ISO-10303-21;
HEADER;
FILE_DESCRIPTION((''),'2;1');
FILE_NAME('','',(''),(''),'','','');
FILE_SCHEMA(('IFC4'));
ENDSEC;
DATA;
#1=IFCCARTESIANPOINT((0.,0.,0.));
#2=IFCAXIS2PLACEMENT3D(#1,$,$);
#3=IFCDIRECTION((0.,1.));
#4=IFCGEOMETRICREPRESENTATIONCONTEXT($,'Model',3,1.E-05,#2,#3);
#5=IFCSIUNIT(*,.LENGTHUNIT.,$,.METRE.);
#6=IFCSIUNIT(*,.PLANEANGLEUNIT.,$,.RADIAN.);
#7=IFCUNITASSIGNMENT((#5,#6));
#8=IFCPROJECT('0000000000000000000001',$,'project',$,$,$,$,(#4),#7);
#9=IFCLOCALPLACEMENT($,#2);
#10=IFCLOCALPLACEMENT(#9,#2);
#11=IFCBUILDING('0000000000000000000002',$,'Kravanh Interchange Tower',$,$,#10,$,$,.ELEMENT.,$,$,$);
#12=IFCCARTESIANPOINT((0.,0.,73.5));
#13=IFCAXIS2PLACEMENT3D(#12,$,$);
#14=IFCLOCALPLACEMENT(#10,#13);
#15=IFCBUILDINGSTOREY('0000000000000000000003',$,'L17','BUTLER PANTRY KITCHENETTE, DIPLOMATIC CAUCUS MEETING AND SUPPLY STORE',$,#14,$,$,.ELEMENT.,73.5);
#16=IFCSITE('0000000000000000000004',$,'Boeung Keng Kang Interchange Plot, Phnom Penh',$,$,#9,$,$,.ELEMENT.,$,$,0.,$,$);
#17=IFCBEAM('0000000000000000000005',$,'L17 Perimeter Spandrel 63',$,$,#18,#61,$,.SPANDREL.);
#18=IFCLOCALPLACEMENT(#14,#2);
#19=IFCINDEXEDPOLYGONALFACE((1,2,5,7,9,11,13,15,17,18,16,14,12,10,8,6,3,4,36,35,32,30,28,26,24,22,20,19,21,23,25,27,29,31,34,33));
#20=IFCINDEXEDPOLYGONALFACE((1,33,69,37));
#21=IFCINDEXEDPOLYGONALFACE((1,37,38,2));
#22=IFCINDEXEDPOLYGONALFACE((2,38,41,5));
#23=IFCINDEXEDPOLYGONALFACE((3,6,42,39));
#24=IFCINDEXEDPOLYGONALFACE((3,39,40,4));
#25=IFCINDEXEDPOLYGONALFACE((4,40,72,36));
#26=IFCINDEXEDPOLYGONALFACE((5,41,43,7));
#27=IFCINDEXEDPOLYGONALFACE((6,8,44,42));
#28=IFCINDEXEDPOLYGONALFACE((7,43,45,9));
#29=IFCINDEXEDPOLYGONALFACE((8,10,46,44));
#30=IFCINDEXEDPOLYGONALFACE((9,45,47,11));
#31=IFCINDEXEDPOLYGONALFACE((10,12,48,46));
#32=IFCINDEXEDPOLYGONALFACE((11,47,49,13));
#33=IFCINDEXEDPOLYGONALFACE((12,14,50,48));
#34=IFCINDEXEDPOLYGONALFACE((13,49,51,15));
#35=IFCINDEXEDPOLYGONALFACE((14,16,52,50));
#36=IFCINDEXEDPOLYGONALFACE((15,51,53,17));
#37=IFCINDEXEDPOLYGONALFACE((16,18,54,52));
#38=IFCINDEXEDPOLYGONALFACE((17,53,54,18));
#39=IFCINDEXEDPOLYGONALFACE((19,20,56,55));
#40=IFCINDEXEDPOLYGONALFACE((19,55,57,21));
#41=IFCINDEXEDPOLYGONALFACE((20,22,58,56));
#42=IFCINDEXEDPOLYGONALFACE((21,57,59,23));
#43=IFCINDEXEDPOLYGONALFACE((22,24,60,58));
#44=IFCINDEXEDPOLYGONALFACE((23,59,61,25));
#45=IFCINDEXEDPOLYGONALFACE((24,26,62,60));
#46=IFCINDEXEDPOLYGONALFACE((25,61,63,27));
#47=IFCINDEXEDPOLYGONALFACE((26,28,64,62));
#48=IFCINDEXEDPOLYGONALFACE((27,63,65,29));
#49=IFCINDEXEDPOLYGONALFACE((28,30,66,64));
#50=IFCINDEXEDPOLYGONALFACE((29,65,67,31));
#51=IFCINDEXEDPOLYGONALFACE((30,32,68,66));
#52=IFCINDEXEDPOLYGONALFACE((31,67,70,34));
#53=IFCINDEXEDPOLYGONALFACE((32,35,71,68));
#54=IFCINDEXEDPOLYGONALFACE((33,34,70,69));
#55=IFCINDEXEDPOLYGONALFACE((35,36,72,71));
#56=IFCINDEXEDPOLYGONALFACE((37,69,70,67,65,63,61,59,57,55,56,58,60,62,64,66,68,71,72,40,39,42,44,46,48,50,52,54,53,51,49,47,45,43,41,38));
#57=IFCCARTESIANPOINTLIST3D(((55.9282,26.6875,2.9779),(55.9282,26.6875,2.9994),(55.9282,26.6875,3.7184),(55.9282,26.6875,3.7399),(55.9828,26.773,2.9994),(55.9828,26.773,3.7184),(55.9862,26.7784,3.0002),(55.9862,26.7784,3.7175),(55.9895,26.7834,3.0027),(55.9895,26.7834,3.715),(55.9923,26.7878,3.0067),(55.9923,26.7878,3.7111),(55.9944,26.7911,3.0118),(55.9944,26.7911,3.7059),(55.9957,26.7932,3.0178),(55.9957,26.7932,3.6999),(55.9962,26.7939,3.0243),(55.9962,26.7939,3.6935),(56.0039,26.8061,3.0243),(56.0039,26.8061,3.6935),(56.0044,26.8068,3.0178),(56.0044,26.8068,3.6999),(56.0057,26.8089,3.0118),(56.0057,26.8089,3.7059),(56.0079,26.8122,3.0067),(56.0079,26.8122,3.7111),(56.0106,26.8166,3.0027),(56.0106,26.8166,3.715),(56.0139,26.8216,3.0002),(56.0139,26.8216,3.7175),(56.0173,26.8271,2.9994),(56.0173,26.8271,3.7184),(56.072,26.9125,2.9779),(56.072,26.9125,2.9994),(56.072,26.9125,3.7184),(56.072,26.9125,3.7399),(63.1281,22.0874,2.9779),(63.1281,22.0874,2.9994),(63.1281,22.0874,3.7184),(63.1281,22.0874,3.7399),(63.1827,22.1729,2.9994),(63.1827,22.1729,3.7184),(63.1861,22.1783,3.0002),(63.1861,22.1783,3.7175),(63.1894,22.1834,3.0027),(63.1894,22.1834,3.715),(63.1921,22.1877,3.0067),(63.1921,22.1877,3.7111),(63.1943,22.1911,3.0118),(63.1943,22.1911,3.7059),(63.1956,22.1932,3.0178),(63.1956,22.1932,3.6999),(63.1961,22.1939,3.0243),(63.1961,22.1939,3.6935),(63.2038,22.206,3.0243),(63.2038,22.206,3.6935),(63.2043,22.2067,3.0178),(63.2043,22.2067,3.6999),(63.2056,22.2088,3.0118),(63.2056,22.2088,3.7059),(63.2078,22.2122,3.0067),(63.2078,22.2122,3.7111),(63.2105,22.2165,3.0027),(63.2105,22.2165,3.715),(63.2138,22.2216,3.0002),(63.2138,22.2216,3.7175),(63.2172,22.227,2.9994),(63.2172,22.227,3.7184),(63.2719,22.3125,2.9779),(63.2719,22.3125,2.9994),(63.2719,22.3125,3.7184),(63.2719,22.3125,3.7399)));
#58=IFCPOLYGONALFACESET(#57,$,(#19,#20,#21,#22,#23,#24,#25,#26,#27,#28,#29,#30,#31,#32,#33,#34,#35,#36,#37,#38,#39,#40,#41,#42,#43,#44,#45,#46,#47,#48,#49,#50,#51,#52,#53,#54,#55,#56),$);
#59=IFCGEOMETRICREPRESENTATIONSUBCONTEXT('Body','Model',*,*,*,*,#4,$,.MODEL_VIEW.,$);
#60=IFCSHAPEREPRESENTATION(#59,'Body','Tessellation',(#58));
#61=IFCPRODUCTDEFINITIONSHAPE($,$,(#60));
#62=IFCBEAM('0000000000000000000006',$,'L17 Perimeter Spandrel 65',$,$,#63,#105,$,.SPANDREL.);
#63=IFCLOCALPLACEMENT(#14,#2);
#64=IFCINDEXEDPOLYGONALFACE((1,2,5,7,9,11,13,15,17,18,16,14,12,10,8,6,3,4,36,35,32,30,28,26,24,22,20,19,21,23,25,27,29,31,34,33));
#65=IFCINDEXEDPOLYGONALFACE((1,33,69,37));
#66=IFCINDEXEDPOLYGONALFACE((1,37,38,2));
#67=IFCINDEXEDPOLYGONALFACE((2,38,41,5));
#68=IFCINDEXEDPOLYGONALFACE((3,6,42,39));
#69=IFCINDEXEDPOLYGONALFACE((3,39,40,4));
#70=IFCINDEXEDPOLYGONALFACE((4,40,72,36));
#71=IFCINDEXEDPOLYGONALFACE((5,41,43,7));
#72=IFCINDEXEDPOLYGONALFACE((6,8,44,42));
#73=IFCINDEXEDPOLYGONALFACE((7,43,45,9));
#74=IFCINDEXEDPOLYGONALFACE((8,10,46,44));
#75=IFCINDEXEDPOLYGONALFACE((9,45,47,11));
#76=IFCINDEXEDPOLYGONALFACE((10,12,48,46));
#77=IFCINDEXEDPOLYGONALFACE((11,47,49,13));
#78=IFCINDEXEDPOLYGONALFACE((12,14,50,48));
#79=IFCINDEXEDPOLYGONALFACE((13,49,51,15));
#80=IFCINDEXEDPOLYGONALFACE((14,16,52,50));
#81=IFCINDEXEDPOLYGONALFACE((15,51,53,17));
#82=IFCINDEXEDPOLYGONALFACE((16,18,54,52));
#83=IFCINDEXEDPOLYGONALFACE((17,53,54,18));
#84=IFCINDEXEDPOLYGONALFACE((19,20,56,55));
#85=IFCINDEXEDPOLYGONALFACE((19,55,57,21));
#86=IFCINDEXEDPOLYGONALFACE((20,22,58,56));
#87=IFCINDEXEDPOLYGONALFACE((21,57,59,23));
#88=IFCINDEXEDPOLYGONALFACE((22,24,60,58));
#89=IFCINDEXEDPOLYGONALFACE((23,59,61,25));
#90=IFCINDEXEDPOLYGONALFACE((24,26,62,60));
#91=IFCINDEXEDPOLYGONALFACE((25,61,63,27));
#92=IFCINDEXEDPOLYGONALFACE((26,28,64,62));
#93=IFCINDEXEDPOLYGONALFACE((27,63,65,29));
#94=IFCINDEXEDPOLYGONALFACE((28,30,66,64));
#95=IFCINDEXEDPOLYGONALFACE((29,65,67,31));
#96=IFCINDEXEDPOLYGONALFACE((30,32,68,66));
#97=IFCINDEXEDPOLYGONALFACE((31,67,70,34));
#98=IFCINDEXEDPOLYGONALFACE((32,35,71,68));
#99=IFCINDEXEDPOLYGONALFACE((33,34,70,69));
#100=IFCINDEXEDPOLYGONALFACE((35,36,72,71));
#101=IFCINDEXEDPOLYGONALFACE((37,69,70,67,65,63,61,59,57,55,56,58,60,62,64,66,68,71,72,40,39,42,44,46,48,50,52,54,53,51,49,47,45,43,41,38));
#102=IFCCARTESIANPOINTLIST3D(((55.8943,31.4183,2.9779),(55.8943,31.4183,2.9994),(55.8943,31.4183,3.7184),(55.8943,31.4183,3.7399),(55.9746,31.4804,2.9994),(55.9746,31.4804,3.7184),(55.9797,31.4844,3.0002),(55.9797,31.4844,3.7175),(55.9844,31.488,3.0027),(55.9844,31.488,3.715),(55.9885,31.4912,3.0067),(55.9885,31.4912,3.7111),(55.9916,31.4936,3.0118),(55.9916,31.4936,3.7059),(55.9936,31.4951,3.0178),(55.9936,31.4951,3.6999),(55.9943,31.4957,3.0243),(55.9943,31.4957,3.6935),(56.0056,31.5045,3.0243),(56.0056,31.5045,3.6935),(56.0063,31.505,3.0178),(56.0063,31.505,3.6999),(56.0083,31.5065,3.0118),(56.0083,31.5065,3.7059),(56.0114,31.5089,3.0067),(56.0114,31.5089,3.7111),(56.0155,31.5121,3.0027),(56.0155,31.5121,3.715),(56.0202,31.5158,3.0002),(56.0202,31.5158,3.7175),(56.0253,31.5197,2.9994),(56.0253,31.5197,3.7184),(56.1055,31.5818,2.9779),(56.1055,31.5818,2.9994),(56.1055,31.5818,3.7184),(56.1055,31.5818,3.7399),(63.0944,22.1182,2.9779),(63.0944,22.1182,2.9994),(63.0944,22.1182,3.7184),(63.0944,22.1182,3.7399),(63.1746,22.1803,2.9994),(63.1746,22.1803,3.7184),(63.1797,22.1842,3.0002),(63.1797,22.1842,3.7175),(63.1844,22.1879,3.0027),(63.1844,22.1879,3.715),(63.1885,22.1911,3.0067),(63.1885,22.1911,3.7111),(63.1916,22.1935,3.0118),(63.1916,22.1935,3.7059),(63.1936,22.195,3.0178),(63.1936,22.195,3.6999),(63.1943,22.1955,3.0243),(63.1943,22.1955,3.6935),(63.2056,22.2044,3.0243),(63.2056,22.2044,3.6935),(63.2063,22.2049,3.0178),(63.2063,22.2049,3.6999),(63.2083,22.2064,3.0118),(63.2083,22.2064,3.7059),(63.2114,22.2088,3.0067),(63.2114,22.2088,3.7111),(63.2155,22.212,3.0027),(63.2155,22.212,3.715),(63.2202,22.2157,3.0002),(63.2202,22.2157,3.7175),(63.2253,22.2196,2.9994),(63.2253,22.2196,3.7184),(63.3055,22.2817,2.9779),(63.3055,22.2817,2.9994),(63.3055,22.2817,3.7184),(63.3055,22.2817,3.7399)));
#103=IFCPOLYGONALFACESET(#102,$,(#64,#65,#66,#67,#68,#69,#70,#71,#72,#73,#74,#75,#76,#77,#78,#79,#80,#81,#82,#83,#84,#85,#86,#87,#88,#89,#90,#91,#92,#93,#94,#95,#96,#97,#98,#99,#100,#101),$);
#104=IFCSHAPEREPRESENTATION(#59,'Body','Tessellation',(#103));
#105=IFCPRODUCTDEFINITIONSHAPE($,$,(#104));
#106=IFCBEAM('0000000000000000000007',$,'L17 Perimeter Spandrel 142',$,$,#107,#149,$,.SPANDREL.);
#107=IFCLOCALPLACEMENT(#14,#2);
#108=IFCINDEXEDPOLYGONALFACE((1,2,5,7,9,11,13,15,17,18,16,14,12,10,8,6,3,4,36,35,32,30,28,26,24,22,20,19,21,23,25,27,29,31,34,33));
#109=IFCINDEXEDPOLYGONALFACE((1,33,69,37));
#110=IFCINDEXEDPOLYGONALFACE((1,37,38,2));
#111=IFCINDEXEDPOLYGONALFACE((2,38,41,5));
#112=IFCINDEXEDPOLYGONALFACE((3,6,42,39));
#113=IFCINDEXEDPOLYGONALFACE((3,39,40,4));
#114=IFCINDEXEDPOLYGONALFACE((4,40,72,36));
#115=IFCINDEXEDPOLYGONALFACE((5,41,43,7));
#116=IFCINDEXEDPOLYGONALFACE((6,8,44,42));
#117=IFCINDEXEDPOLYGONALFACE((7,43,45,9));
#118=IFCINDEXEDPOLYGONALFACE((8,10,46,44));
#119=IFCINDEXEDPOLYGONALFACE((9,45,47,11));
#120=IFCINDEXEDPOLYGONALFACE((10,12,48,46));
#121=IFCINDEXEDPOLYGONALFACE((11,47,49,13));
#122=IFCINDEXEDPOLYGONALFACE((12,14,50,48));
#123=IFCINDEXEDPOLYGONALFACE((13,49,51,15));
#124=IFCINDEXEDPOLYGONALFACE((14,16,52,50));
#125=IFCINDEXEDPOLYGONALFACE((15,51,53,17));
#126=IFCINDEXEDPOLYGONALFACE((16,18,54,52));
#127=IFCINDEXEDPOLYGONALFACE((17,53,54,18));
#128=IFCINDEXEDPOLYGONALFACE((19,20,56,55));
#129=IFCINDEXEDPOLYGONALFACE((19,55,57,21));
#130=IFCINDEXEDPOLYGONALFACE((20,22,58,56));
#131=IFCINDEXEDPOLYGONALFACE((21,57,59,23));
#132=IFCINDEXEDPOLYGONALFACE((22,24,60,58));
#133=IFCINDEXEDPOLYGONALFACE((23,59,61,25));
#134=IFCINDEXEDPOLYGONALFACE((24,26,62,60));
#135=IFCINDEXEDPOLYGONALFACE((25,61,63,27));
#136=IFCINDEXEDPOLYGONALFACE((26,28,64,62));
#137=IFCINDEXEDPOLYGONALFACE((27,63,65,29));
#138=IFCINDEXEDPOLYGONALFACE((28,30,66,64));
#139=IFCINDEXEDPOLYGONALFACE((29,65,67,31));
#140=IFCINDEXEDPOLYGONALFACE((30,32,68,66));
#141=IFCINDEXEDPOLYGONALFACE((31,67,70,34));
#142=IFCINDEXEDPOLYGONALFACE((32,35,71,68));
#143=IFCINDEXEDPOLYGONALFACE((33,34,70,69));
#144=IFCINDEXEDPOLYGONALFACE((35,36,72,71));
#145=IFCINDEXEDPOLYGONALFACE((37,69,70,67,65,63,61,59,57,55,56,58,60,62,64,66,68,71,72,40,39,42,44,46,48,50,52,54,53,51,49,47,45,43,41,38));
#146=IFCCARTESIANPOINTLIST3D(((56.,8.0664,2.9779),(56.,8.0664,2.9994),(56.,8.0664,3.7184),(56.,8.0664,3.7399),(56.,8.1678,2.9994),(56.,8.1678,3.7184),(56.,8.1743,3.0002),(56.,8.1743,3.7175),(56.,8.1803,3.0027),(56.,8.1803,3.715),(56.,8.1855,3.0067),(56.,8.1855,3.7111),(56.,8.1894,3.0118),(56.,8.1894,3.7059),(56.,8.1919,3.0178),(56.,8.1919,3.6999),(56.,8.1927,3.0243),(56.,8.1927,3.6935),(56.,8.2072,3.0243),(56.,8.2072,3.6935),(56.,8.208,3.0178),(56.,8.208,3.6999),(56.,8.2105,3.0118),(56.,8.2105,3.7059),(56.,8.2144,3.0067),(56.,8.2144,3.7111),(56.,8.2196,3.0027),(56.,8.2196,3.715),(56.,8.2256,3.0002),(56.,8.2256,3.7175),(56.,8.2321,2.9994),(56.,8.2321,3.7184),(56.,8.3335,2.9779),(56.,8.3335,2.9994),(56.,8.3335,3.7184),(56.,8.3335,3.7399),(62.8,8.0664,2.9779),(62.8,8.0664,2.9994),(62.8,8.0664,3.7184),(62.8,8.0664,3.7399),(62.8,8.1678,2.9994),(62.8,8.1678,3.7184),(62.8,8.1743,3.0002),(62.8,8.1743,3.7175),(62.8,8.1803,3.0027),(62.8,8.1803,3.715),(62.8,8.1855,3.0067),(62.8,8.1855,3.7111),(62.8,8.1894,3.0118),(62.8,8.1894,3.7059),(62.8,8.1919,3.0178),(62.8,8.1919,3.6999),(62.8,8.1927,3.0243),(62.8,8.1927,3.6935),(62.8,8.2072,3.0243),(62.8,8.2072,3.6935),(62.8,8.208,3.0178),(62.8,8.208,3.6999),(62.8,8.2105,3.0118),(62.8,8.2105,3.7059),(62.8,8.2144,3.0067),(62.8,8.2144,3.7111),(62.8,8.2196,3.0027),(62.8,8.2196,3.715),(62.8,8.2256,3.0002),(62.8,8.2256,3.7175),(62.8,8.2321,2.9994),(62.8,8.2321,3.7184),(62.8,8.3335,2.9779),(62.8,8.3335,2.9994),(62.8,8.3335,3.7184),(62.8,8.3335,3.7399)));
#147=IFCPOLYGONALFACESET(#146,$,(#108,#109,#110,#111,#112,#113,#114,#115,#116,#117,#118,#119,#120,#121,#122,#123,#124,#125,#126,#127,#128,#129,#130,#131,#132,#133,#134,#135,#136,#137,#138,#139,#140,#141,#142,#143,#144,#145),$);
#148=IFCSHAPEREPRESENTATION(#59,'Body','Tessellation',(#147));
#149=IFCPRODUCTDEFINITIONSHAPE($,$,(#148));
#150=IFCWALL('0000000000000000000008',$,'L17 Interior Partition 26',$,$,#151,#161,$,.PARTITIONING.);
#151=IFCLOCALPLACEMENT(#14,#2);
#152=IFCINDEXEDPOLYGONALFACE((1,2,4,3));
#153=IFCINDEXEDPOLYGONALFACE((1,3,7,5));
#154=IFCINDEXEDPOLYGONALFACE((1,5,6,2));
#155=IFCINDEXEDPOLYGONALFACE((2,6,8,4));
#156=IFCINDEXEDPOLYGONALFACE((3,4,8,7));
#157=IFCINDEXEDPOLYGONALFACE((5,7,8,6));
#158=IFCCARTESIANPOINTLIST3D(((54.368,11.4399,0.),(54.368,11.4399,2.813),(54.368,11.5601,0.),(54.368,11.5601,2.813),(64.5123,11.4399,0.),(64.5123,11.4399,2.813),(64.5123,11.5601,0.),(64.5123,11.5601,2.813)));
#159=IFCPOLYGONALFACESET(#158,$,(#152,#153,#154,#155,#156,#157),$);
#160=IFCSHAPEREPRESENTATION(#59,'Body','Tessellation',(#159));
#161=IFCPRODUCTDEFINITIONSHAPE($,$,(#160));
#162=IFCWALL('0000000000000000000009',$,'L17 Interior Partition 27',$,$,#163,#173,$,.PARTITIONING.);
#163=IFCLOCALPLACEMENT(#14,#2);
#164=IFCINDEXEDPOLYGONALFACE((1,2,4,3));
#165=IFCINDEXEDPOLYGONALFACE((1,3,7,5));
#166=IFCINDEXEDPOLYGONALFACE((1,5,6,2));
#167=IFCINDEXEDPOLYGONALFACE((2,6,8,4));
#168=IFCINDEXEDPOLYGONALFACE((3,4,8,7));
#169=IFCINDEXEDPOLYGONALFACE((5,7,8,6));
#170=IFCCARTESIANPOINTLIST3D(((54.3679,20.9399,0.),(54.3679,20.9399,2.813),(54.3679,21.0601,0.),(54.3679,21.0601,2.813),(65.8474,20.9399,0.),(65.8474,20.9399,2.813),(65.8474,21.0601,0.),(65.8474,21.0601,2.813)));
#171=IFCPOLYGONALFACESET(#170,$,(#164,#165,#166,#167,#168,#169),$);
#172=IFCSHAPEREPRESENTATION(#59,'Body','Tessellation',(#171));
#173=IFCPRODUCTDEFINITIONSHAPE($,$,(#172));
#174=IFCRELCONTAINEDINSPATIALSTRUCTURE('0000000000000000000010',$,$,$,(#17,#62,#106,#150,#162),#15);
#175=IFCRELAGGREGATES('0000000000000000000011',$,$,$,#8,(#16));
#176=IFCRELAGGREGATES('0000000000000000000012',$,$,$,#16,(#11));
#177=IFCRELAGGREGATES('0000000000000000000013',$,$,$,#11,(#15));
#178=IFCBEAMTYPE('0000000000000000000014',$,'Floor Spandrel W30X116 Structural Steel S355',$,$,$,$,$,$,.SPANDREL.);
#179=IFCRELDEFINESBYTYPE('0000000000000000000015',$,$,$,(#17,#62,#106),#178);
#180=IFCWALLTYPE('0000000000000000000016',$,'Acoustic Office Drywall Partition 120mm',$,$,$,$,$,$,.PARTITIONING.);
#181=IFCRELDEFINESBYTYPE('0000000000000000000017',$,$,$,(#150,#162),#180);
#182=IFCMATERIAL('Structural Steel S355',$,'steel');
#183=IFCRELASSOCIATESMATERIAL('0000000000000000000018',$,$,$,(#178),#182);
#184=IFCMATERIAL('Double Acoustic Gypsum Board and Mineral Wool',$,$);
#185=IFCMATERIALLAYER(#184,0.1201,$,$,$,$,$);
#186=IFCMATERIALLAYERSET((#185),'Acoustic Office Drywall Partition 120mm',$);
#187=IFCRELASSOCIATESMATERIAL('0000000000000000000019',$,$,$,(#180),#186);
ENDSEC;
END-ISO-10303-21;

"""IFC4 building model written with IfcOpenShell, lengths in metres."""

from ifc_helpers import new_model, si_unit, direction, frame, frame_2d, origin, origin_2d, place, context, subcontext, project, spatial, rectangle, i_section, extrude, material, layer, layer_set, material_profile, profile_set, type_object, element, save


model = new_model("IFC4")

# Units and contexts
model_context = context("Model", 3, precision=1e-05, world=origin(), true_north=direction((0.0, 1.0)))
body_context = subcontext(model_context, "Body", "Model", "MODEL_VIEW")
ifc_project = project(units=[si_unit("LENGTHUNIT", "METRE"), si_unit("PLANEANGLEUNIT", "RADIAN")], contexts=[model_context])

# Site, building, storey
site_placement = place(None, origin())
site = spatial("IfcSite", under=ifc_project, at=site_placement, Name="Boeung Keng Kang Interchange Plot, Phnom Penh", CompositionType="ELEMENT", RefElevation=0.0)
building_placement = place(site_placement, origin())
building = spatial("IfcBuilding", under=site, at=building_placement, Name="Kravanh Interchange Tower", CompositionType="ELEMENT")
storey_placement = place(building_placement, frame((0.0, 0.0, 73.5)))
storey = spatial("IfcBuildingStorey", under=building, at=storey_placement, Name="L17", Description="BUTLER PANTRY KITCHENETTE, DIPLOMATIC CAUCUS MEETING AND SUPPLY STORE", CompositionType="ELEMENT", Elevation=73.5)

# Beams
ifc_material_1 = material(Name="Structural Steel S355", Category="steel")
ifc_material_profile_1 = material_profile(ifc_material_1, i_section(OverallWidth=0.2671, OverallDepth=0.762, WebThickness=0.0144, FlangeThickness=0.0215, FilletRadius=0.0249, at=origin_2d()), Name="W30X116")
ifc_profile_set_1 = profile_set([ifc_material_profile_1], Name="Structural Steel S355")
beam_type_1 = type_object("IfcBeamType", Name="Floor Spandrel W30X116 Structural Steel S355", PredefinedType="SPANDREL", material=ifc_profile_set_1)
beam_1_placement = place(storey_placement, frame((63.2, 22.2, 3.3589), z_axis=(-0.842689, 0.5384, 0.0), x_axis=(-0.5384, -0.842689, 0.0)))
element("IfcBeam", 1, at=beam_1_placement, inside=storey, type_object=beam_type_1, Name="L17 Perimeter Spandrel 63", PredefinedType="SPANDREL", context=body_context, shape_type="SweptSolid", body=[
    extrude(i_section(OverallWidth=0.2671, OverallDepth=0.762, WebThickness=0.0144, FlangeThickness=0.0215, FilletRadius=0.0249, at=origin_2d()), origin(), (0.0, 0.0, 1.0), 8.5439),
])
beam_2_placement = place(storey_placement, frame((63.2, 22.2, 3.3589), z_axis=(-0.612169, 0.790727, 0.0), x_axis=(-0.790727, -0.612169, 0.0)))
element("IfcBeam", 2, at=beam_2_placement, inside=storey, type_object=beam_type_1, Name="L17 Perimeter Spandrel 65", PredefinedType="SPANDREL", context=body_context, shape_type="SweptSolid", body=[
    extrude(i_section(OverallWidth=0.2671, OverallDepth=0.762, WebThickness=0.0144, FlangeThickness=0.0215, FilletRadius=0.0249, at=origin_2d()), origin(), (0.0, 0.0, 1.0), 11.7615),
])
beam_3_placement = place(storey_placement, frame((56.0, 8.2, 3.3589), z_axis=(1.0, 0.0, 0.0), x_axis=(0.0, 1.0, 0.0)))
element("IfcBeam", 3, at=beam_3_placement, inside=storey, type_object=beam_type_1, Name="L17 Perimeter Spandrel 142", PredefinedType="SPANDREL", context=body_context, shape_type="SweptSolid", body=[
    extrude(i_section(OverallWidth=0.2671, OverallDepth=0.762, WebThickness=0.0144, FlangeThickness=0.0215, FilletRadius=0.0249, at=origin_2d()), origin(), (0.0, 0.0, 1.0), 6.8),
])

# Walls
ifc_material_2 = material(Name="Double Acoustic Gypsum Board and Mineral Wool")
ifc_layer_1 = layer(ifc_material_2, 0.1201)
ifc_layer_set_1 = layer_set([ifc_layer_1], Name="Acoustic Office Drywall Partition 120mm")
wall_type = type_object("IfcWallType", Name="Acoustic Office Drywall Partition 120mm", PredefinedType="PARTITIONING", material=ifc_layer_set_1)
wall_1_placement = place(storey_placement, frame((54.3679, 11.5, 0.0), z_axis=(0.0, 0.0, 1.0), x_axis=(1.0, 0.0, 0.0)))
element("IfcWall", 4, at=wall_1_placement, inside=storey, type_object=wall_type, Name="L17 Interior Partition 26", PredefinedType="PARTITIONING", context=body_context, shape_type="SweptSolid", body=[
    extrude(rectangle(XDim=10.1443, YDim=0.1201, at=frame_2d((5.0723, 0.0))), origin(), (0.0, 0.0, 1.0), 2.813),
])
wall_2_placement = place(storey_placement, frame((54.3679, 21.0, 0.0), z_axis=(0.0, 0.0, 1.0), x_axis=(1.0, 0.0, 0.0)))
element("IfcWall", 5, at=wall_2_placement, inside=storey, type_object=wall_type, Name="L17 Interior Partition 27", PredefinedType="PARTITIONING", context=body_context, shape_type="SweptSolid", body=[
    extrude(rectangle(XDim=11.4795, YDim=0.1201, at=frame_2d((5.7397, 0.0))), origin(), (0.0, 0.0, 1.0), 2.813),
])

save(model, "model.ifc")
